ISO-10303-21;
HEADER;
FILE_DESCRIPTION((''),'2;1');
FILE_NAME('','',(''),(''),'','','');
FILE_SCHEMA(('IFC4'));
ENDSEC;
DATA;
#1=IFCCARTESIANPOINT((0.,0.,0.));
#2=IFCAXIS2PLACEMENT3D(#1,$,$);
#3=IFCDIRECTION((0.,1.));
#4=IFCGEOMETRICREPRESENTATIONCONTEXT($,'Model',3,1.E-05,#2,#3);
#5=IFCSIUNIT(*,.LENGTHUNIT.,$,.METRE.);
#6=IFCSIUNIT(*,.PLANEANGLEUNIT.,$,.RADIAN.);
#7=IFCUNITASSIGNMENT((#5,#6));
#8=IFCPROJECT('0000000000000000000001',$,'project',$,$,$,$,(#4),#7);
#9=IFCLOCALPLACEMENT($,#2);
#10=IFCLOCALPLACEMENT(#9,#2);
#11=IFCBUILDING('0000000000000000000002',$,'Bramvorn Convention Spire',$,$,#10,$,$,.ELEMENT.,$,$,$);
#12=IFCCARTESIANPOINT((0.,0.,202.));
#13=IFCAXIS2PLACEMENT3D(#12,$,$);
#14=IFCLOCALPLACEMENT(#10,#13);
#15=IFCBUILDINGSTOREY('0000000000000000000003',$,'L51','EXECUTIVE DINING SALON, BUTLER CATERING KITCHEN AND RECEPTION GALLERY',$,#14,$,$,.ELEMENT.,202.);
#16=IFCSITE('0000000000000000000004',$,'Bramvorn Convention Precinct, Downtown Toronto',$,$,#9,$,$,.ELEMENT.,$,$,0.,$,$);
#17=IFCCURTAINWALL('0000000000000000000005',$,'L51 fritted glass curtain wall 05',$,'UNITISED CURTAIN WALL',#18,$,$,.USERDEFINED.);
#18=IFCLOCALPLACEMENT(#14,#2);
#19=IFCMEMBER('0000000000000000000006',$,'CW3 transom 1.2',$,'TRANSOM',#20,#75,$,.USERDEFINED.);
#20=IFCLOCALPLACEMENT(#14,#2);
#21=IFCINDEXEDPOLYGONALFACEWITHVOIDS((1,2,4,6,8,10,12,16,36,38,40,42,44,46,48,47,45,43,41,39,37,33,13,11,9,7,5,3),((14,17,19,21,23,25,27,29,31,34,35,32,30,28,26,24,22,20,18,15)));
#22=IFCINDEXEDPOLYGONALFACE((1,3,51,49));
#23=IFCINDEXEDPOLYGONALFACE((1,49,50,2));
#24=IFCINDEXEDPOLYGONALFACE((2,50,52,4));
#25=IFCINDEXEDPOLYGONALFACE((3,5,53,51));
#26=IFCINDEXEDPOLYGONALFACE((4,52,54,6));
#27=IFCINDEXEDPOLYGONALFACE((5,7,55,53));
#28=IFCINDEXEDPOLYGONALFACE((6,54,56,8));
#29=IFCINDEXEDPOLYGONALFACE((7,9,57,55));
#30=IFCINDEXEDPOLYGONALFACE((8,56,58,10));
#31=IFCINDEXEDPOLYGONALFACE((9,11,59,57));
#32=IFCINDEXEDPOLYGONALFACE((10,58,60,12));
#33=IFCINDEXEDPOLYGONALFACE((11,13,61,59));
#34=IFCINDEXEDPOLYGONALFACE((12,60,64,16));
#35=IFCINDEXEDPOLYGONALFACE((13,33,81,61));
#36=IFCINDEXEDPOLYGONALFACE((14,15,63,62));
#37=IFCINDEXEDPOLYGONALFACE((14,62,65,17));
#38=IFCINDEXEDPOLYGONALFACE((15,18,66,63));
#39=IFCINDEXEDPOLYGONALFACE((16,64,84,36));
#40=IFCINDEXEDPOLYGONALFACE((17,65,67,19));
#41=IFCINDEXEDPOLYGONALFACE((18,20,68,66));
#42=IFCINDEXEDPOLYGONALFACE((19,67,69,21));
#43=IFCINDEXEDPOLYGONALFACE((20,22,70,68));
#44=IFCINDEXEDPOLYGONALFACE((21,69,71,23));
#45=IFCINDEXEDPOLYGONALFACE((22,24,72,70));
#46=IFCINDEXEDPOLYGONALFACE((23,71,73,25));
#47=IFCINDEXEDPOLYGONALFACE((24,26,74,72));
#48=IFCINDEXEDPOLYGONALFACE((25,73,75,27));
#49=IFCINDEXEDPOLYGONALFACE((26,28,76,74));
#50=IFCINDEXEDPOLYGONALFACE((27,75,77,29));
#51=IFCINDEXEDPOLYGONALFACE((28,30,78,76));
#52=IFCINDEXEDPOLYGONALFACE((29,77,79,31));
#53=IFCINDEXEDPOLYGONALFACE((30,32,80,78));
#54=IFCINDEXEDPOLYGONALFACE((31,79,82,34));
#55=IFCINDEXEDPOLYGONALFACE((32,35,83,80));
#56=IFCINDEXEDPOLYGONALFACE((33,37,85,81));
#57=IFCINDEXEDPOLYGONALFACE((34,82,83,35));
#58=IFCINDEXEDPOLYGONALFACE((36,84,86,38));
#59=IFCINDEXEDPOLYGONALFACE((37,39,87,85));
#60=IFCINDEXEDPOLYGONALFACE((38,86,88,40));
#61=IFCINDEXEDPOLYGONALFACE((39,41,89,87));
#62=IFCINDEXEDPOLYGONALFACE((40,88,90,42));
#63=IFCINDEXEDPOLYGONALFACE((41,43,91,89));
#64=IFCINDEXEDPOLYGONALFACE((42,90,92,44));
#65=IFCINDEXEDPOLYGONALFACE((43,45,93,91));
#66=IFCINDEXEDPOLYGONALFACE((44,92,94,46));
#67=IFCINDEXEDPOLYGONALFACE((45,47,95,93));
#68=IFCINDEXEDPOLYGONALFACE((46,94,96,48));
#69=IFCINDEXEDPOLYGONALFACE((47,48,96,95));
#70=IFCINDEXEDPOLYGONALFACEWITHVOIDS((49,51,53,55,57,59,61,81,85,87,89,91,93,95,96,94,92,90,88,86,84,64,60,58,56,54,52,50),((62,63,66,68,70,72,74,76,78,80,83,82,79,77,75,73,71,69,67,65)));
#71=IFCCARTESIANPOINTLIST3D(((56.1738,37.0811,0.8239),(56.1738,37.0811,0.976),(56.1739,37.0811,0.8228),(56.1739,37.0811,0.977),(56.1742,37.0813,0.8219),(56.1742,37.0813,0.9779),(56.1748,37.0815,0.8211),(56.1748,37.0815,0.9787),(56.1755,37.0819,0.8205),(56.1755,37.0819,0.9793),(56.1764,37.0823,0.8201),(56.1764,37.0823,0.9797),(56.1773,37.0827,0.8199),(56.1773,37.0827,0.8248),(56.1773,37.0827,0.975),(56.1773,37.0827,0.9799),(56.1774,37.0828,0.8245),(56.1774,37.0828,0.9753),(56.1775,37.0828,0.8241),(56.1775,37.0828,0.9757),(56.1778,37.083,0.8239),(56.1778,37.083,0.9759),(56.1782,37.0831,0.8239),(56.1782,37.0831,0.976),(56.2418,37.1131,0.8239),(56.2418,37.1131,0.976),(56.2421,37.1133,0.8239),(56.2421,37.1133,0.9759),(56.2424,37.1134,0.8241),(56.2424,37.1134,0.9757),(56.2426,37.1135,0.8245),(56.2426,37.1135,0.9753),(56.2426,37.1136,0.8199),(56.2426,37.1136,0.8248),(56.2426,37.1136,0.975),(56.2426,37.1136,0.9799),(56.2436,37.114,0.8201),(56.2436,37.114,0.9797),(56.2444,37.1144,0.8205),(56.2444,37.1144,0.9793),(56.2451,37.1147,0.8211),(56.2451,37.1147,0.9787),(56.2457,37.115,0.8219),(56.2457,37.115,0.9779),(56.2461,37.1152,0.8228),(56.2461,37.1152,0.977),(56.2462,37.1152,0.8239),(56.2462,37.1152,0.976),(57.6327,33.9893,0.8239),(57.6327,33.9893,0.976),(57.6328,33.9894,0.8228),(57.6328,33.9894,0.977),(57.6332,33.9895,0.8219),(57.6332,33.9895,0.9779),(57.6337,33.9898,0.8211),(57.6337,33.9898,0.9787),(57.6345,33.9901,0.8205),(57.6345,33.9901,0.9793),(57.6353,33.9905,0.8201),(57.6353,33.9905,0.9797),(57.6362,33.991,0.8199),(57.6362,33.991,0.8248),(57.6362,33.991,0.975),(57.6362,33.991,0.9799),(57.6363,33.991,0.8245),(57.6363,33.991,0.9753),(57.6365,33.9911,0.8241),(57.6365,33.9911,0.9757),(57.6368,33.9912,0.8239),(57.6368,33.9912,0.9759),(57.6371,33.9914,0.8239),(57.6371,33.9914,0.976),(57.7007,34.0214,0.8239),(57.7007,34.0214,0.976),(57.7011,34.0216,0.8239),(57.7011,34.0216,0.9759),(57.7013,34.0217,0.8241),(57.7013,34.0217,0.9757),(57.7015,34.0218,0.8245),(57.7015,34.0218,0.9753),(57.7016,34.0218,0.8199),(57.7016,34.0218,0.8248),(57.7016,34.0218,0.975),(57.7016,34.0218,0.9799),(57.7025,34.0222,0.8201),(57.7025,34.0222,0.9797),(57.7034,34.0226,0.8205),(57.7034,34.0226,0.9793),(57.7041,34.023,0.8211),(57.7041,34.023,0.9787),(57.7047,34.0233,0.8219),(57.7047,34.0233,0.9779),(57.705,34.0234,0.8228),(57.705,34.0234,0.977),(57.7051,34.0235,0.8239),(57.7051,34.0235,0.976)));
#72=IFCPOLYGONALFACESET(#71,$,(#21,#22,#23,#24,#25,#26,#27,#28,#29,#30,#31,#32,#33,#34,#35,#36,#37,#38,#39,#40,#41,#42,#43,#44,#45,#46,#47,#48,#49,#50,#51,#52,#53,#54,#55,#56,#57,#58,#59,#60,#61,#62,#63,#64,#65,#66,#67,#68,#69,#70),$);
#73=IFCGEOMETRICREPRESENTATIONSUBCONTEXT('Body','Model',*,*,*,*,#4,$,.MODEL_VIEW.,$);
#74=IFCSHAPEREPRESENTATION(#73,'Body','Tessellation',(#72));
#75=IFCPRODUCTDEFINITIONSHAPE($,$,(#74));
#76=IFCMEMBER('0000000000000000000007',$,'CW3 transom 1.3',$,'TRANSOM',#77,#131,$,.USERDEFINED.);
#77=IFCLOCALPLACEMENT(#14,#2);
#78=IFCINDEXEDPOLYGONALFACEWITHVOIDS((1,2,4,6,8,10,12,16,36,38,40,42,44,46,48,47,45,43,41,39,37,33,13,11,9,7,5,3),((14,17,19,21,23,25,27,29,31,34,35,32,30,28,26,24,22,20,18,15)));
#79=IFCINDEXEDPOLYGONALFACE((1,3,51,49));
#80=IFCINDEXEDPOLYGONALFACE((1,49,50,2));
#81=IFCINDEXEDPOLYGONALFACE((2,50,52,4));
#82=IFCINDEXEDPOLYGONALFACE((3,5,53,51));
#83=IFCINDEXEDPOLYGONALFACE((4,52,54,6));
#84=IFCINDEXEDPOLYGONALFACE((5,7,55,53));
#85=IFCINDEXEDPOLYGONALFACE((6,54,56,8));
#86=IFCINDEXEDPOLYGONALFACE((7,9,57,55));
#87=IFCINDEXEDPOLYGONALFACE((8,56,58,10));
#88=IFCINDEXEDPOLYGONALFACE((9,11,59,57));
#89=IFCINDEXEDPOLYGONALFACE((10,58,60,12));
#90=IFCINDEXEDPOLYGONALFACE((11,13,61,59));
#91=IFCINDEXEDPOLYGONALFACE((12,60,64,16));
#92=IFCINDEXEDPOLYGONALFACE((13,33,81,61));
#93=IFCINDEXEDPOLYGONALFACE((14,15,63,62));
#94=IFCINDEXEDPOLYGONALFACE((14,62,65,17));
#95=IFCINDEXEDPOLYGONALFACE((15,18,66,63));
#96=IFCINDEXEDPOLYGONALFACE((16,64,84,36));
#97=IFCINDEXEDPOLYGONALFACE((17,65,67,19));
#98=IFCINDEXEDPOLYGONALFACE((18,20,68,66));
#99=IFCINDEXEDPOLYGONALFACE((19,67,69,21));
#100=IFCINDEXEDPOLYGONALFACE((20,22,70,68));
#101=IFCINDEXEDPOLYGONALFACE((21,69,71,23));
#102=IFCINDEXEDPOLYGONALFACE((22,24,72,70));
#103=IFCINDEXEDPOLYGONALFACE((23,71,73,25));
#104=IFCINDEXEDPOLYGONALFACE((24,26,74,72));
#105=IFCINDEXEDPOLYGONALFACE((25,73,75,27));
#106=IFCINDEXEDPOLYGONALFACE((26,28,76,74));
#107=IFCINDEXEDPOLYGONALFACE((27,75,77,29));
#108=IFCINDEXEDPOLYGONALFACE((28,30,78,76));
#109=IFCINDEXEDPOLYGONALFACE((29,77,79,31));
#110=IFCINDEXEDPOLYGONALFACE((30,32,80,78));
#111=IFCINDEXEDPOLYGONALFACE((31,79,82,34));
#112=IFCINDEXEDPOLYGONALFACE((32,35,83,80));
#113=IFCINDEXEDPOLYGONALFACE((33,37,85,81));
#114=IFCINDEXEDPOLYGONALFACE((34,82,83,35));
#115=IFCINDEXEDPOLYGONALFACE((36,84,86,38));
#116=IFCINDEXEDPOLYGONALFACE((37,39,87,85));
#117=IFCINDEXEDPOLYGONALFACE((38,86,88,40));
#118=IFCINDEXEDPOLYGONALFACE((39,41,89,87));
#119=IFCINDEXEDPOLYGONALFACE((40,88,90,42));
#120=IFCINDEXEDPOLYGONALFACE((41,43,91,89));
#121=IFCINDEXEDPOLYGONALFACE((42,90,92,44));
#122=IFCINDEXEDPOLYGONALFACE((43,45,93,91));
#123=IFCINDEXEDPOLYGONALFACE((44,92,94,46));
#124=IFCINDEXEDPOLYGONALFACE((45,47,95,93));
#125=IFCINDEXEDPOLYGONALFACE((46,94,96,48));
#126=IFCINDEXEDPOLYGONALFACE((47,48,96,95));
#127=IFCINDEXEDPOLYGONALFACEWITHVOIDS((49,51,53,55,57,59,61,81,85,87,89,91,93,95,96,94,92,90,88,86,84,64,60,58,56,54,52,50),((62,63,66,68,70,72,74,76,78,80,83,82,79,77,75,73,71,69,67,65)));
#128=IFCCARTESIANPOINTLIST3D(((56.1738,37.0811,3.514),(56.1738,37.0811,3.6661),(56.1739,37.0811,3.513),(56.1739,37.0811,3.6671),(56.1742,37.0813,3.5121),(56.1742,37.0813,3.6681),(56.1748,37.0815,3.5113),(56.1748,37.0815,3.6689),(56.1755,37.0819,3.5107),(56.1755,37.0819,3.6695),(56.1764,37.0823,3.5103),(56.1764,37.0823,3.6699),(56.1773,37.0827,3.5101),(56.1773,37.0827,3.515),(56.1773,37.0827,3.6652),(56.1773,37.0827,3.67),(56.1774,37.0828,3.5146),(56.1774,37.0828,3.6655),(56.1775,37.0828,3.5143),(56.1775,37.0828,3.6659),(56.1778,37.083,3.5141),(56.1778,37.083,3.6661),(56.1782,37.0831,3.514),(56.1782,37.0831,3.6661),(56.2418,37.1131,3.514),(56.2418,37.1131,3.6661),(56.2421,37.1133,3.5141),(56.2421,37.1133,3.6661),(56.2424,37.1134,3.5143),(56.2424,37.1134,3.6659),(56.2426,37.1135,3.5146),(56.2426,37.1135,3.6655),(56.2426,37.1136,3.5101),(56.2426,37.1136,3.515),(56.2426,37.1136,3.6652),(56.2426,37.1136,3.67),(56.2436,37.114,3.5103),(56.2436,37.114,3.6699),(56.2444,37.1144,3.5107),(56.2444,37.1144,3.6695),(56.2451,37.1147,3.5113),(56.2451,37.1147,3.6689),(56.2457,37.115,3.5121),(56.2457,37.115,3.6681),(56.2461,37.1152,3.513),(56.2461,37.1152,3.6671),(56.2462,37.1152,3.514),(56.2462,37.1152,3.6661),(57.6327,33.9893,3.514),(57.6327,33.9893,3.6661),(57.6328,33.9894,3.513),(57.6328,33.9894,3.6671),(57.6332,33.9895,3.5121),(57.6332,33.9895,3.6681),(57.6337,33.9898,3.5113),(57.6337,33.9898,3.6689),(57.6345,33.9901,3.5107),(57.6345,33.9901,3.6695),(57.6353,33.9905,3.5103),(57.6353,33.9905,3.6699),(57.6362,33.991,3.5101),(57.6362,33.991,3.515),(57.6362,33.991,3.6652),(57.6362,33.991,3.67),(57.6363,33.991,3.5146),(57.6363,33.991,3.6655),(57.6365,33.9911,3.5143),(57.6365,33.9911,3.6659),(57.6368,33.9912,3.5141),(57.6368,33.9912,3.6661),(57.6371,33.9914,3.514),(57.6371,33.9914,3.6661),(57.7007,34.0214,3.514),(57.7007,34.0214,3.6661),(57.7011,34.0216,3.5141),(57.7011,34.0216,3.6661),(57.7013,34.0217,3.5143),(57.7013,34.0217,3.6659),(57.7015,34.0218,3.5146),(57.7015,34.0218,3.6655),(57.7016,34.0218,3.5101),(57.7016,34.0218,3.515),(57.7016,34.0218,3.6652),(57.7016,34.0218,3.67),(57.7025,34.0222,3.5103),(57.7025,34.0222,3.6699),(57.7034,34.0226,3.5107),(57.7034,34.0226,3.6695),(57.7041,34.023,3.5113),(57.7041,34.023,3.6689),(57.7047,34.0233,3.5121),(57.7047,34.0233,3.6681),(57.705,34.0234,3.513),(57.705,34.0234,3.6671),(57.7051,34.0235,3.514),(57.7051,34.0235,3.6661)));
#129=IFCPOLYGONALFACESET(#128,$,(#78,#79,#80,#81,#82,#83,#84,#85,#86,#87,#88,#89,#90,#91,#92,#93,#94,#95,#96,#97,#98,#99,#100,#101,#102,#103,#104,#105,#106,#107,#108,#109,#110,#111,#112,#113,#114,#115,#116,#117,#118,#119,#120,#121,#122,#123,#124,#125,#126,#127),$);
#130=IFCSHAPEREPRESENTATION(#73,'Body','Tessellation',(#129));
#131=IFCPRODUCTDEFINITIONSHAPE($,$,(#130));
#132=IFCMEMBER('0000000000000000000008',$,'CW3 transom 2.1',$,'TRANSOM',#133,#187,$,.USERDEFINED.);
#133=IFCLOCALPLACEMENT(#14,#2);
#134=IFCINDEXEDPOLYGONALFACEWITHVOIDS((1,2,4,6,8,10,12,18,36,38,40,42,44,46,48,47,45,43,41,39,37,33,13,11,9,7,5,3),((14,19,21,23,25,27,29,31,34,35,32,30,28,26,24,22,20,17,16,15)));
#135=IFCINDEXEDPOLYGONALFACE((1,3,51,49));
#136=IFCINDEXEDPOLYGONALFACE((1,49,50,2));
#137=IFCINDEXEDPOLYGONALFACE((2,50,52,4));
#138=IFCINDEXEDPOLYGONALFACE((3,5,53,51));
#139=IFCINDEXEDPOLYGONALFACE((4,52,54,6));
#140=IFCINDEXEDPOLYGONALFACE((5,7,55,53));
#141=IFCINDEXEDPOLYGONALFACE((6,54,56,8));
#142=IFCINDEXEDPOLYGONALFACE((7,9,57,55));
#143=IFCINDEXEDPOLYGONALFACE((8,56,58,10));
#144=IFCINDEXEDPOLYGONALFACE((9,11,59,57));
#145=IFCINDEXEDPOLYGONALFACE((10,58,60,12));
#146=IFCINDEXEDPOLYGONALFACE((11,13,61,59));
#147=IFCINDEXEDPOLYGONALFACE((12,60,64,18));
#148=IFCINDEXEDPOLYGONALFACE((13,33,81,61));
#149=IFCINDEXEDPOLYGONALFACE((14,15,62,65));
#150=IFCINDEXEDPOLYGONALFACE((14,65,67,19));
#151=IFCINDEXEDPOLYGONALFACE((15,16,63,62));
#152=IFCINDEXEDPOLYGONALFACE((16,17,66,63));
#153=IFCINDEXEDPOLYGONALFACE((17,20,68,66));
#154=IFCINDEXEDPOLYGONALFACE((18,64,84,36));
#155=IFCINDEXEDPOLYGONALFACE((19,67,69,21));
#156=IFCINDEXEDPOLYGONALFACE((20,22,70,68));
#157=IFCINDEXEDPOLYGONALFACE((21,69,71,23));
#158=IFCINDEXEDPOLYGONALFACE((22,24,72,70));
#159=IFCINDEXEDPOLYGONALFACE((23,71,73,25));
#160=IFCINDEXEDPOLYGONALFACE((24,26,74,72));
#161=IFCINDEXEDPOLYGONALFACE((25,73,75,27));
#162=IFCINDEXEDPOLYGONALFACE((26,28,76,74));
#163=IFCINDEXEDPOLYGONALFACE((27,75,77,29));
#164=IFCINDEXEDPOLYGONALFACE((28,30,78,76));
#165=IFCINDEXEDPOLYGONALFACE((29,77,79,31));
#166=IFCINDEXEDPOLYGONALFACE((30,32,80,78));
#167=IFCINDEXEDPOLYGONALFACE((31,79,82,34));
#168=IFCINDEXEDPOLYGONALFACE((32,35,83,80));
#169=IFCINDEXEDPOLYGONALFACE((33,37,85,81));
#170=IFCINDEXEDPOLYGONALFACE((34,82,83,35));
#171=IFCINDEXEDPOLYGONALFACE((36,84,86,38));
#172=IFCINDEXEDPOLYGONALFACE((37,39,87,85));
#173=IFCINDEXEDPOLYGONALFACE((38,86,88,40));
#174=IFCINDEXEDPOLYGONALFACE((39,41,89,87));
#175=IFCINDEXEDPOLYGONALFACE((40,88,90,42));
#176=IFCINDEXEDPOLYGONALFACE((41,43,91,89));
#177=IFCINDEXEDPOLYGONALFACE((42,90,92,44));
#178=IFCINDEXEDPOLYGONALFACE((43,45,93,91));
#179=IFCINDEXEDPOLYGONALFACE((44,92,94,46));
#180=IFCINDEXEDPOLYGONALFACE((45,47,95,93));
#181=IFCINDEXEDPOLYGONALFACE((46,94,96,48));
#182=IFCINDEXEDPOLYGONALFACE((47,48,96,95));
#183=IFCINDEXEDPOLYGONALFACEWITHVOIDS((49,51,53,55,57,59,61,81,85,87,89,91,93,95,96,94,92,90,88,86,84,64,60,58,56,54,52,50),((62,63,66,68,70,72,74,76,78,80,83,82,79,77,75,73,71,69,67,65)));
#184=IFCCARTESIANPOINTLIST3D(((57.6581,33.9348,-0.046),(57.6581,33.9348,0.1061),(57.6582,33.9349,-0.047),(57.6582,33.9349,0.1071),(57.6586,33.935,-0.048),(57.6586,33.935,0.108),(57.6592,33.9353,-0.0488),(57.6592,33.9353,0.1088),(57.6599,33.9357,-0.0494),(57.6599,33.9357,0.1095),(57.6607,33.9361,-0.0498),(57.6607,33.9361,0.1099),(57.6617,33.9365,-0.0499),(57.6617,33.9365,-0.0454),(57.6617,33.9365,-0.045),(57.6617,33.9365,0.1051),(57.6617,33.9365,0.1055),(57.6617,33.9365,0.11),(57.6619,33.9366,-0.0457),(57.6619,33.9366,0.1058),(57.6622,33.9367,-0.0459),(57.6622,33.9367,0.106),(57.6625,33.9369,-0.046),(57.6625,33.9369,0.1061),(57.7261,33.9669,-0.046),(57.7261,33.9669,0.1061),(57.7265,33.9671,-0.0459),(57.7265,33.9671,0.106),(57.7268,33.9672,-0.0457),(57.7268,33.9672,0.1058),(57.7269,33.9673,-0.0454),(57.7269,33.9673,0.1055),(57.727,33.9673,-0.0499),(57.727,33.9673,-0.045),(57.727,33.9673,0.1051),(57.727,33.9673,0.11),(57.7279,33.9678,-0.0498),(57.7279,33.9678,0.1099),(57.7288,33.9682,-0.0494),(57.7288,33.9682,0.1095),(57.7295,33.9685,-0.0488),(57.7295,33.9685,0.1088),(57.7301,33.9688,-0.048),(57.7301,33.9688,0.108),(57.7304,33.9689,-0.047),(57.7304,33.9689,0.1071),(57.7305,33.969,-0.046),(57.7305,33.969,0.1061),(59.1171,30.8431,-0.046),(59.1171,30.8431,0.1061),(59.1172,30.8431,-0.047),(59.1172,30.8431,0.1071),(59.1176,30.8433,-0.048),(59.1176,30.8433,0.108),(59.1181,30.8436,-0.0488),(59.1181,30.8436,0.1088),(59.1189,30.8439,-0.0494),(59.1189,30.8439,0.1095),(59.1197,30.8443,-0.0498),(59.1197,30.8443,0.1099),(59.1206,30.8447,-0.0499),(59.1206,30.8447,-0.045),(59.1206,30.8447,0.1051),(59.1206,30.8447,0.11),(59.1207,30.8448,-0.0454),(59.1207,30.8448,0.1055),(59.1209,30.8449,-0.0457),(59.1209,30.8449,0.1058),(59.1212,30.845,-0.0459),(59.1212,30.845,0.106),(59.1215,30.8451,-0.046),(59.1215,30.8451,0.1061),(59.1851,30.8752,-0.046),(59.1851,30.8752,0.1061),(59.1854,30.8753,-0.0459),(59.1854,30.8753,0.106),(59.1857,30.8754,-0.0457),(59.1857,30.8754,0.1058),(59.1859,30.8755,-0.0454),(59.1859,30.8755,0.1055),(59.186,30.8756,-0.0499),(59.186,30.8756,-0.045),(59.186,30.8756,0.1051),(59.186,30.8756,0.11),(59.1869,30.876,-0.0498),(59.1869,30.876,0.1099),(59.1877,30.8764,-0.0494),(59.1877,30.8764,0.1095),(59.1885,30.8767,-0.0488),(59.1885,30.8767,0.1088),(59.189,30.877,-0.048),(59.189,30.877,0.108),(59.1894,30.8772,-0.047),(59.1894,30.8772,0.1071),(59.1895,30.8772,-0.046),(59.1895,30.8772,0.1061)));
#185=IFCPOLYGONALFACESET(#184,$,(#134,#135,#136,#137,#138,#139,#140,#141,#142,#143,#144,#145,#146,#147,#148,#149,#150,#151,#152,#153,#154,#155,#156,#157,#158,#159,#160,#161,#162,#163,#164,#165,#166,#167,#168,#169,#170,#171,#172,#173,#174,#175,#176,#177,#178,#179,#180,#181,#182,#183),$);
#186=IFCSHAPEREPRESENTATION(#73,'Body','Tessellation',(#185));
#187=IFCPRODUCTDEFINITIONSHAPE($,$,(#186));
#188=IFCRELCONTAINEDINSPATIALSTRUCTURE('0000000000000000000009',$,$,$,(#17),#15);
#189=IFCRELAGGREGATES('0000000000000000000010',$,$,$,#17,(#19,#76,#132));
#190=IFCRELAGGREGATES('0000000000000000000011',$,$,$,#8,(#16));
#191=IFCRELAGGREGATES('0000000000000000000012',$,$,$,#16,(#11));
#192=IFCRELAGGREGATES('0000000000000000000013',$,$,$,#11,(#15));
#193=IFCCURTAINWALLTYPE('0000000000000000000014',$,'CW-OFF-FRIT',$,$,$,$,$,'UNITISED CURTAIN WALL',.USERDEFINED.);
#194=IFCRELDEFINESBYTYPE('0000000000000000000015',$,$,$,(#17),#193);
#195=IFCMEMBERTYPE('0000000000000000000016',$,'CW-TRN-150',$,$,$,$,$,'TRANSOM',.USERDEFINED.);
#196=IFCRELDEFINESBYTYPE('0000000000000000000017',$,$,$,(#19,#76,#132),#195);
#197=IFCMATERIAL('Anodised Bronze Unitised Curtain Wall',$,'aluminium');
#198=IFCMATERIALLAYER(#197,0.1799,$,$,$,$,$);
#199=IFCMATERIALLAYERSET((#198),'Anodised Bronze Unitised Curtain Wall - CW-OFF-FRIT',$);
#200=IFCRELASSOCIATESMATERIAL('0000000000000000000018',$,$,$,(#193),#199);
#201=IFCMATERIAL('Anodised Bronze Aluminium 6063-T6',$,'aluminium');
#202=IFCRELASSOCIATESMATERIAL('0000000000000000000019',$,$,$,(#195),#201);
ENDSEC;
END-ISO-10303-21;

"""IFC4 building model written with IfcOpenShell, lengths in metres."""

from ifc_helpers import new_model, si_unit, direction, frame, origin, origin_2d, place, context, subcontext, project, spatial, hollow_rectangle, extrude, material, layer, layer_set, material_profile, profile_set, type_object, element, aggregate, save


model = new_model("IFC4")

# Units and contexts
model_context = context("Model", 3, precision=1e-05, world=origin(), true_north=direction((0.0, 1.0)))
body_context = subcontext(model_context, "Body", "Model", "MODEL_VIEW")
ifc_project = project(units=[si_unit("LENGTHUNIT", "METRE"), si_unit("PLANEANGLEUNIT", "RADIAN")], contexts=[model_context])

# Site, building, storey
site_placement = place(None, origin())
site = spatial("IfcSite", under=ifc_project, at=site_placement, Name="Bramvorn Convention Precinct, Downtown Toronto", CompositionType="ELEMENT", RefElevation=0.0)
building_placement = place(site_placement, origin())
building = spatial("IfcBuilding", under=site, at=building_placement, Name="Bramvorn Convention Spire", CompositionType="ELEMENT")
storey_placement = place(building_placement, frame((0.0, 0.0, 202.0)))
storey = spatial("IfcBuildingStorey", under=building, at=storey_placement, Name="L51", Description="EXECUTIVE DINING SALON, BUTLER CATERING KITCHEN AND RECEPTION GALLERY", CompositionType="ELEMENT", Elevation=202.0)

# Curtain wall
ifc_material_1 = material(Name="Anodised Bronze Unitised Curtain Wall", Category="aluminium")
ifc_layer_1 = layer(ifc_material_1, 0.1799)
ifc_layer_set_1 = layer_set([ifc_layer_1], Name="Anodised Bronze Unitised Curtain Wall - CW-OFF-FRIT")
curtain_wall_type = type_object("IfcCurtainWallType", Name="CW-OFF-FRIT", ElementType="UNITISED CURTAIN WALL", PredefinedType="USERDEFINED", material=ifc_layer_set_1)
curtain_wall_1_placement = place(storey_placement, origin())
curtain_wall_1 = element("IfcCurtainWall", 1, at=curtain_wall_1_placement, inside=storey, type_object=curtain_wall_type, Name="L51 fritted glass curtain wall 05", ObjectType="UNITISED CURTAIN WALL", PredefinedType="USERDEFINED")
ifc_material_2 = material(Name="Anodised Bronze Aluminium 6063-T6", Category="aluminium")

# Members
ifc_material_profile_1 = material_profile(ifc_material_2, hollow_rectangle(XDim=0.0801, YDim=0.1599, WallThickness=0.0039, InnerFilletRadius=0.001, OuterFilletRadius=0.0039, at=origin_2d()))
ifc_profile_set_1 = profile_set([ifc_material_profile_1], Name="Anodised Bronze Aluminium 6063-T6 - CWT80X160")
member_type_1 = type_object("IfcMemberType", Name="CW-TRN-150", ElementType="TRANSOM", PredefinedType="USERDEFINED", material=ifc_profile_set_1)
member_1_placement = place(storey_placement, frame((56.21, 37.0981, 0.8999), z_axis=(0.42676, -0.904365, 0.0), x_axis=(0.904365, 0.42676, 0.0)))
member_1 = element("IfcMember", 2, at=member_1_placement, type_object=member_type_1, Name="CW3 transom 1.2", ObjectType="TRANSOM", PredefinedType="USERDEFINED", context=body_context, shape_type="SweptSolid", body=[
    extrude(hollow_rectangle(XDim=0.0801, YDim=0.1599, WallThickness=0.0039, InnerFilletRadius=0.001, OuterFilletRadius=0.0039, at=origin_2d()), origin(), (0.0, 0.0, 1.0), 3.4187),
])
member_2_placement = place(storey_placement, frame((56.21, 37.0981, 3.5901), z_axis=(0.42676, -0.904365, 0.0), x_axis=(0.904365, 0.42676, 0.0)))
member_2 = element("IfcMember", 3, at=member_2_placement, type_object=member_type_1, Name="CW3 transom 1.3", ObjectType="TRANSOM", PredefinedType="USERDEFINED", context=body_context, shape_type="SweptSolid", body=[
    extrude(hollow_rectangle(XDim=0.0801, YDim=0.1599, WallThickness=0.0039, InnerFilletRadius=0.001, OuterFilletRadius=0.0039, at=origin_2d()), origin(), (0.0, 0.0, 1.0), 3.4187),
])
member_3_placement = place(storey_placement, frame((57.6943, 33.9519, 0.03), z_axis=(0.42676, -0.904365, 0.0), x_axis=(0.904365, 0.42676, 0.0)))
member_3 = element("IfcMember", 4, at=member_3_placement, type_object=member_type_1, Name="CW3 transom 2.1", ObjectType="TRANSOM", PredefinedType="USERDEFINED", context=body_context, shape_type="SweptSolid", body=[
    extrude(hollow_rectangle(XDim=0.0801, YDim=0.1599, WallThickness=0.0039, InnerFilletRadius=0.001, OuterFilletRadius=0.0039, at=origin_2d()), origin(), (0.0, 0.0, 1.0), 3.4187),
])

aggregate(curtain_wall_1, [member_1, member_2, member_3])

save(model, "model.ifc")
